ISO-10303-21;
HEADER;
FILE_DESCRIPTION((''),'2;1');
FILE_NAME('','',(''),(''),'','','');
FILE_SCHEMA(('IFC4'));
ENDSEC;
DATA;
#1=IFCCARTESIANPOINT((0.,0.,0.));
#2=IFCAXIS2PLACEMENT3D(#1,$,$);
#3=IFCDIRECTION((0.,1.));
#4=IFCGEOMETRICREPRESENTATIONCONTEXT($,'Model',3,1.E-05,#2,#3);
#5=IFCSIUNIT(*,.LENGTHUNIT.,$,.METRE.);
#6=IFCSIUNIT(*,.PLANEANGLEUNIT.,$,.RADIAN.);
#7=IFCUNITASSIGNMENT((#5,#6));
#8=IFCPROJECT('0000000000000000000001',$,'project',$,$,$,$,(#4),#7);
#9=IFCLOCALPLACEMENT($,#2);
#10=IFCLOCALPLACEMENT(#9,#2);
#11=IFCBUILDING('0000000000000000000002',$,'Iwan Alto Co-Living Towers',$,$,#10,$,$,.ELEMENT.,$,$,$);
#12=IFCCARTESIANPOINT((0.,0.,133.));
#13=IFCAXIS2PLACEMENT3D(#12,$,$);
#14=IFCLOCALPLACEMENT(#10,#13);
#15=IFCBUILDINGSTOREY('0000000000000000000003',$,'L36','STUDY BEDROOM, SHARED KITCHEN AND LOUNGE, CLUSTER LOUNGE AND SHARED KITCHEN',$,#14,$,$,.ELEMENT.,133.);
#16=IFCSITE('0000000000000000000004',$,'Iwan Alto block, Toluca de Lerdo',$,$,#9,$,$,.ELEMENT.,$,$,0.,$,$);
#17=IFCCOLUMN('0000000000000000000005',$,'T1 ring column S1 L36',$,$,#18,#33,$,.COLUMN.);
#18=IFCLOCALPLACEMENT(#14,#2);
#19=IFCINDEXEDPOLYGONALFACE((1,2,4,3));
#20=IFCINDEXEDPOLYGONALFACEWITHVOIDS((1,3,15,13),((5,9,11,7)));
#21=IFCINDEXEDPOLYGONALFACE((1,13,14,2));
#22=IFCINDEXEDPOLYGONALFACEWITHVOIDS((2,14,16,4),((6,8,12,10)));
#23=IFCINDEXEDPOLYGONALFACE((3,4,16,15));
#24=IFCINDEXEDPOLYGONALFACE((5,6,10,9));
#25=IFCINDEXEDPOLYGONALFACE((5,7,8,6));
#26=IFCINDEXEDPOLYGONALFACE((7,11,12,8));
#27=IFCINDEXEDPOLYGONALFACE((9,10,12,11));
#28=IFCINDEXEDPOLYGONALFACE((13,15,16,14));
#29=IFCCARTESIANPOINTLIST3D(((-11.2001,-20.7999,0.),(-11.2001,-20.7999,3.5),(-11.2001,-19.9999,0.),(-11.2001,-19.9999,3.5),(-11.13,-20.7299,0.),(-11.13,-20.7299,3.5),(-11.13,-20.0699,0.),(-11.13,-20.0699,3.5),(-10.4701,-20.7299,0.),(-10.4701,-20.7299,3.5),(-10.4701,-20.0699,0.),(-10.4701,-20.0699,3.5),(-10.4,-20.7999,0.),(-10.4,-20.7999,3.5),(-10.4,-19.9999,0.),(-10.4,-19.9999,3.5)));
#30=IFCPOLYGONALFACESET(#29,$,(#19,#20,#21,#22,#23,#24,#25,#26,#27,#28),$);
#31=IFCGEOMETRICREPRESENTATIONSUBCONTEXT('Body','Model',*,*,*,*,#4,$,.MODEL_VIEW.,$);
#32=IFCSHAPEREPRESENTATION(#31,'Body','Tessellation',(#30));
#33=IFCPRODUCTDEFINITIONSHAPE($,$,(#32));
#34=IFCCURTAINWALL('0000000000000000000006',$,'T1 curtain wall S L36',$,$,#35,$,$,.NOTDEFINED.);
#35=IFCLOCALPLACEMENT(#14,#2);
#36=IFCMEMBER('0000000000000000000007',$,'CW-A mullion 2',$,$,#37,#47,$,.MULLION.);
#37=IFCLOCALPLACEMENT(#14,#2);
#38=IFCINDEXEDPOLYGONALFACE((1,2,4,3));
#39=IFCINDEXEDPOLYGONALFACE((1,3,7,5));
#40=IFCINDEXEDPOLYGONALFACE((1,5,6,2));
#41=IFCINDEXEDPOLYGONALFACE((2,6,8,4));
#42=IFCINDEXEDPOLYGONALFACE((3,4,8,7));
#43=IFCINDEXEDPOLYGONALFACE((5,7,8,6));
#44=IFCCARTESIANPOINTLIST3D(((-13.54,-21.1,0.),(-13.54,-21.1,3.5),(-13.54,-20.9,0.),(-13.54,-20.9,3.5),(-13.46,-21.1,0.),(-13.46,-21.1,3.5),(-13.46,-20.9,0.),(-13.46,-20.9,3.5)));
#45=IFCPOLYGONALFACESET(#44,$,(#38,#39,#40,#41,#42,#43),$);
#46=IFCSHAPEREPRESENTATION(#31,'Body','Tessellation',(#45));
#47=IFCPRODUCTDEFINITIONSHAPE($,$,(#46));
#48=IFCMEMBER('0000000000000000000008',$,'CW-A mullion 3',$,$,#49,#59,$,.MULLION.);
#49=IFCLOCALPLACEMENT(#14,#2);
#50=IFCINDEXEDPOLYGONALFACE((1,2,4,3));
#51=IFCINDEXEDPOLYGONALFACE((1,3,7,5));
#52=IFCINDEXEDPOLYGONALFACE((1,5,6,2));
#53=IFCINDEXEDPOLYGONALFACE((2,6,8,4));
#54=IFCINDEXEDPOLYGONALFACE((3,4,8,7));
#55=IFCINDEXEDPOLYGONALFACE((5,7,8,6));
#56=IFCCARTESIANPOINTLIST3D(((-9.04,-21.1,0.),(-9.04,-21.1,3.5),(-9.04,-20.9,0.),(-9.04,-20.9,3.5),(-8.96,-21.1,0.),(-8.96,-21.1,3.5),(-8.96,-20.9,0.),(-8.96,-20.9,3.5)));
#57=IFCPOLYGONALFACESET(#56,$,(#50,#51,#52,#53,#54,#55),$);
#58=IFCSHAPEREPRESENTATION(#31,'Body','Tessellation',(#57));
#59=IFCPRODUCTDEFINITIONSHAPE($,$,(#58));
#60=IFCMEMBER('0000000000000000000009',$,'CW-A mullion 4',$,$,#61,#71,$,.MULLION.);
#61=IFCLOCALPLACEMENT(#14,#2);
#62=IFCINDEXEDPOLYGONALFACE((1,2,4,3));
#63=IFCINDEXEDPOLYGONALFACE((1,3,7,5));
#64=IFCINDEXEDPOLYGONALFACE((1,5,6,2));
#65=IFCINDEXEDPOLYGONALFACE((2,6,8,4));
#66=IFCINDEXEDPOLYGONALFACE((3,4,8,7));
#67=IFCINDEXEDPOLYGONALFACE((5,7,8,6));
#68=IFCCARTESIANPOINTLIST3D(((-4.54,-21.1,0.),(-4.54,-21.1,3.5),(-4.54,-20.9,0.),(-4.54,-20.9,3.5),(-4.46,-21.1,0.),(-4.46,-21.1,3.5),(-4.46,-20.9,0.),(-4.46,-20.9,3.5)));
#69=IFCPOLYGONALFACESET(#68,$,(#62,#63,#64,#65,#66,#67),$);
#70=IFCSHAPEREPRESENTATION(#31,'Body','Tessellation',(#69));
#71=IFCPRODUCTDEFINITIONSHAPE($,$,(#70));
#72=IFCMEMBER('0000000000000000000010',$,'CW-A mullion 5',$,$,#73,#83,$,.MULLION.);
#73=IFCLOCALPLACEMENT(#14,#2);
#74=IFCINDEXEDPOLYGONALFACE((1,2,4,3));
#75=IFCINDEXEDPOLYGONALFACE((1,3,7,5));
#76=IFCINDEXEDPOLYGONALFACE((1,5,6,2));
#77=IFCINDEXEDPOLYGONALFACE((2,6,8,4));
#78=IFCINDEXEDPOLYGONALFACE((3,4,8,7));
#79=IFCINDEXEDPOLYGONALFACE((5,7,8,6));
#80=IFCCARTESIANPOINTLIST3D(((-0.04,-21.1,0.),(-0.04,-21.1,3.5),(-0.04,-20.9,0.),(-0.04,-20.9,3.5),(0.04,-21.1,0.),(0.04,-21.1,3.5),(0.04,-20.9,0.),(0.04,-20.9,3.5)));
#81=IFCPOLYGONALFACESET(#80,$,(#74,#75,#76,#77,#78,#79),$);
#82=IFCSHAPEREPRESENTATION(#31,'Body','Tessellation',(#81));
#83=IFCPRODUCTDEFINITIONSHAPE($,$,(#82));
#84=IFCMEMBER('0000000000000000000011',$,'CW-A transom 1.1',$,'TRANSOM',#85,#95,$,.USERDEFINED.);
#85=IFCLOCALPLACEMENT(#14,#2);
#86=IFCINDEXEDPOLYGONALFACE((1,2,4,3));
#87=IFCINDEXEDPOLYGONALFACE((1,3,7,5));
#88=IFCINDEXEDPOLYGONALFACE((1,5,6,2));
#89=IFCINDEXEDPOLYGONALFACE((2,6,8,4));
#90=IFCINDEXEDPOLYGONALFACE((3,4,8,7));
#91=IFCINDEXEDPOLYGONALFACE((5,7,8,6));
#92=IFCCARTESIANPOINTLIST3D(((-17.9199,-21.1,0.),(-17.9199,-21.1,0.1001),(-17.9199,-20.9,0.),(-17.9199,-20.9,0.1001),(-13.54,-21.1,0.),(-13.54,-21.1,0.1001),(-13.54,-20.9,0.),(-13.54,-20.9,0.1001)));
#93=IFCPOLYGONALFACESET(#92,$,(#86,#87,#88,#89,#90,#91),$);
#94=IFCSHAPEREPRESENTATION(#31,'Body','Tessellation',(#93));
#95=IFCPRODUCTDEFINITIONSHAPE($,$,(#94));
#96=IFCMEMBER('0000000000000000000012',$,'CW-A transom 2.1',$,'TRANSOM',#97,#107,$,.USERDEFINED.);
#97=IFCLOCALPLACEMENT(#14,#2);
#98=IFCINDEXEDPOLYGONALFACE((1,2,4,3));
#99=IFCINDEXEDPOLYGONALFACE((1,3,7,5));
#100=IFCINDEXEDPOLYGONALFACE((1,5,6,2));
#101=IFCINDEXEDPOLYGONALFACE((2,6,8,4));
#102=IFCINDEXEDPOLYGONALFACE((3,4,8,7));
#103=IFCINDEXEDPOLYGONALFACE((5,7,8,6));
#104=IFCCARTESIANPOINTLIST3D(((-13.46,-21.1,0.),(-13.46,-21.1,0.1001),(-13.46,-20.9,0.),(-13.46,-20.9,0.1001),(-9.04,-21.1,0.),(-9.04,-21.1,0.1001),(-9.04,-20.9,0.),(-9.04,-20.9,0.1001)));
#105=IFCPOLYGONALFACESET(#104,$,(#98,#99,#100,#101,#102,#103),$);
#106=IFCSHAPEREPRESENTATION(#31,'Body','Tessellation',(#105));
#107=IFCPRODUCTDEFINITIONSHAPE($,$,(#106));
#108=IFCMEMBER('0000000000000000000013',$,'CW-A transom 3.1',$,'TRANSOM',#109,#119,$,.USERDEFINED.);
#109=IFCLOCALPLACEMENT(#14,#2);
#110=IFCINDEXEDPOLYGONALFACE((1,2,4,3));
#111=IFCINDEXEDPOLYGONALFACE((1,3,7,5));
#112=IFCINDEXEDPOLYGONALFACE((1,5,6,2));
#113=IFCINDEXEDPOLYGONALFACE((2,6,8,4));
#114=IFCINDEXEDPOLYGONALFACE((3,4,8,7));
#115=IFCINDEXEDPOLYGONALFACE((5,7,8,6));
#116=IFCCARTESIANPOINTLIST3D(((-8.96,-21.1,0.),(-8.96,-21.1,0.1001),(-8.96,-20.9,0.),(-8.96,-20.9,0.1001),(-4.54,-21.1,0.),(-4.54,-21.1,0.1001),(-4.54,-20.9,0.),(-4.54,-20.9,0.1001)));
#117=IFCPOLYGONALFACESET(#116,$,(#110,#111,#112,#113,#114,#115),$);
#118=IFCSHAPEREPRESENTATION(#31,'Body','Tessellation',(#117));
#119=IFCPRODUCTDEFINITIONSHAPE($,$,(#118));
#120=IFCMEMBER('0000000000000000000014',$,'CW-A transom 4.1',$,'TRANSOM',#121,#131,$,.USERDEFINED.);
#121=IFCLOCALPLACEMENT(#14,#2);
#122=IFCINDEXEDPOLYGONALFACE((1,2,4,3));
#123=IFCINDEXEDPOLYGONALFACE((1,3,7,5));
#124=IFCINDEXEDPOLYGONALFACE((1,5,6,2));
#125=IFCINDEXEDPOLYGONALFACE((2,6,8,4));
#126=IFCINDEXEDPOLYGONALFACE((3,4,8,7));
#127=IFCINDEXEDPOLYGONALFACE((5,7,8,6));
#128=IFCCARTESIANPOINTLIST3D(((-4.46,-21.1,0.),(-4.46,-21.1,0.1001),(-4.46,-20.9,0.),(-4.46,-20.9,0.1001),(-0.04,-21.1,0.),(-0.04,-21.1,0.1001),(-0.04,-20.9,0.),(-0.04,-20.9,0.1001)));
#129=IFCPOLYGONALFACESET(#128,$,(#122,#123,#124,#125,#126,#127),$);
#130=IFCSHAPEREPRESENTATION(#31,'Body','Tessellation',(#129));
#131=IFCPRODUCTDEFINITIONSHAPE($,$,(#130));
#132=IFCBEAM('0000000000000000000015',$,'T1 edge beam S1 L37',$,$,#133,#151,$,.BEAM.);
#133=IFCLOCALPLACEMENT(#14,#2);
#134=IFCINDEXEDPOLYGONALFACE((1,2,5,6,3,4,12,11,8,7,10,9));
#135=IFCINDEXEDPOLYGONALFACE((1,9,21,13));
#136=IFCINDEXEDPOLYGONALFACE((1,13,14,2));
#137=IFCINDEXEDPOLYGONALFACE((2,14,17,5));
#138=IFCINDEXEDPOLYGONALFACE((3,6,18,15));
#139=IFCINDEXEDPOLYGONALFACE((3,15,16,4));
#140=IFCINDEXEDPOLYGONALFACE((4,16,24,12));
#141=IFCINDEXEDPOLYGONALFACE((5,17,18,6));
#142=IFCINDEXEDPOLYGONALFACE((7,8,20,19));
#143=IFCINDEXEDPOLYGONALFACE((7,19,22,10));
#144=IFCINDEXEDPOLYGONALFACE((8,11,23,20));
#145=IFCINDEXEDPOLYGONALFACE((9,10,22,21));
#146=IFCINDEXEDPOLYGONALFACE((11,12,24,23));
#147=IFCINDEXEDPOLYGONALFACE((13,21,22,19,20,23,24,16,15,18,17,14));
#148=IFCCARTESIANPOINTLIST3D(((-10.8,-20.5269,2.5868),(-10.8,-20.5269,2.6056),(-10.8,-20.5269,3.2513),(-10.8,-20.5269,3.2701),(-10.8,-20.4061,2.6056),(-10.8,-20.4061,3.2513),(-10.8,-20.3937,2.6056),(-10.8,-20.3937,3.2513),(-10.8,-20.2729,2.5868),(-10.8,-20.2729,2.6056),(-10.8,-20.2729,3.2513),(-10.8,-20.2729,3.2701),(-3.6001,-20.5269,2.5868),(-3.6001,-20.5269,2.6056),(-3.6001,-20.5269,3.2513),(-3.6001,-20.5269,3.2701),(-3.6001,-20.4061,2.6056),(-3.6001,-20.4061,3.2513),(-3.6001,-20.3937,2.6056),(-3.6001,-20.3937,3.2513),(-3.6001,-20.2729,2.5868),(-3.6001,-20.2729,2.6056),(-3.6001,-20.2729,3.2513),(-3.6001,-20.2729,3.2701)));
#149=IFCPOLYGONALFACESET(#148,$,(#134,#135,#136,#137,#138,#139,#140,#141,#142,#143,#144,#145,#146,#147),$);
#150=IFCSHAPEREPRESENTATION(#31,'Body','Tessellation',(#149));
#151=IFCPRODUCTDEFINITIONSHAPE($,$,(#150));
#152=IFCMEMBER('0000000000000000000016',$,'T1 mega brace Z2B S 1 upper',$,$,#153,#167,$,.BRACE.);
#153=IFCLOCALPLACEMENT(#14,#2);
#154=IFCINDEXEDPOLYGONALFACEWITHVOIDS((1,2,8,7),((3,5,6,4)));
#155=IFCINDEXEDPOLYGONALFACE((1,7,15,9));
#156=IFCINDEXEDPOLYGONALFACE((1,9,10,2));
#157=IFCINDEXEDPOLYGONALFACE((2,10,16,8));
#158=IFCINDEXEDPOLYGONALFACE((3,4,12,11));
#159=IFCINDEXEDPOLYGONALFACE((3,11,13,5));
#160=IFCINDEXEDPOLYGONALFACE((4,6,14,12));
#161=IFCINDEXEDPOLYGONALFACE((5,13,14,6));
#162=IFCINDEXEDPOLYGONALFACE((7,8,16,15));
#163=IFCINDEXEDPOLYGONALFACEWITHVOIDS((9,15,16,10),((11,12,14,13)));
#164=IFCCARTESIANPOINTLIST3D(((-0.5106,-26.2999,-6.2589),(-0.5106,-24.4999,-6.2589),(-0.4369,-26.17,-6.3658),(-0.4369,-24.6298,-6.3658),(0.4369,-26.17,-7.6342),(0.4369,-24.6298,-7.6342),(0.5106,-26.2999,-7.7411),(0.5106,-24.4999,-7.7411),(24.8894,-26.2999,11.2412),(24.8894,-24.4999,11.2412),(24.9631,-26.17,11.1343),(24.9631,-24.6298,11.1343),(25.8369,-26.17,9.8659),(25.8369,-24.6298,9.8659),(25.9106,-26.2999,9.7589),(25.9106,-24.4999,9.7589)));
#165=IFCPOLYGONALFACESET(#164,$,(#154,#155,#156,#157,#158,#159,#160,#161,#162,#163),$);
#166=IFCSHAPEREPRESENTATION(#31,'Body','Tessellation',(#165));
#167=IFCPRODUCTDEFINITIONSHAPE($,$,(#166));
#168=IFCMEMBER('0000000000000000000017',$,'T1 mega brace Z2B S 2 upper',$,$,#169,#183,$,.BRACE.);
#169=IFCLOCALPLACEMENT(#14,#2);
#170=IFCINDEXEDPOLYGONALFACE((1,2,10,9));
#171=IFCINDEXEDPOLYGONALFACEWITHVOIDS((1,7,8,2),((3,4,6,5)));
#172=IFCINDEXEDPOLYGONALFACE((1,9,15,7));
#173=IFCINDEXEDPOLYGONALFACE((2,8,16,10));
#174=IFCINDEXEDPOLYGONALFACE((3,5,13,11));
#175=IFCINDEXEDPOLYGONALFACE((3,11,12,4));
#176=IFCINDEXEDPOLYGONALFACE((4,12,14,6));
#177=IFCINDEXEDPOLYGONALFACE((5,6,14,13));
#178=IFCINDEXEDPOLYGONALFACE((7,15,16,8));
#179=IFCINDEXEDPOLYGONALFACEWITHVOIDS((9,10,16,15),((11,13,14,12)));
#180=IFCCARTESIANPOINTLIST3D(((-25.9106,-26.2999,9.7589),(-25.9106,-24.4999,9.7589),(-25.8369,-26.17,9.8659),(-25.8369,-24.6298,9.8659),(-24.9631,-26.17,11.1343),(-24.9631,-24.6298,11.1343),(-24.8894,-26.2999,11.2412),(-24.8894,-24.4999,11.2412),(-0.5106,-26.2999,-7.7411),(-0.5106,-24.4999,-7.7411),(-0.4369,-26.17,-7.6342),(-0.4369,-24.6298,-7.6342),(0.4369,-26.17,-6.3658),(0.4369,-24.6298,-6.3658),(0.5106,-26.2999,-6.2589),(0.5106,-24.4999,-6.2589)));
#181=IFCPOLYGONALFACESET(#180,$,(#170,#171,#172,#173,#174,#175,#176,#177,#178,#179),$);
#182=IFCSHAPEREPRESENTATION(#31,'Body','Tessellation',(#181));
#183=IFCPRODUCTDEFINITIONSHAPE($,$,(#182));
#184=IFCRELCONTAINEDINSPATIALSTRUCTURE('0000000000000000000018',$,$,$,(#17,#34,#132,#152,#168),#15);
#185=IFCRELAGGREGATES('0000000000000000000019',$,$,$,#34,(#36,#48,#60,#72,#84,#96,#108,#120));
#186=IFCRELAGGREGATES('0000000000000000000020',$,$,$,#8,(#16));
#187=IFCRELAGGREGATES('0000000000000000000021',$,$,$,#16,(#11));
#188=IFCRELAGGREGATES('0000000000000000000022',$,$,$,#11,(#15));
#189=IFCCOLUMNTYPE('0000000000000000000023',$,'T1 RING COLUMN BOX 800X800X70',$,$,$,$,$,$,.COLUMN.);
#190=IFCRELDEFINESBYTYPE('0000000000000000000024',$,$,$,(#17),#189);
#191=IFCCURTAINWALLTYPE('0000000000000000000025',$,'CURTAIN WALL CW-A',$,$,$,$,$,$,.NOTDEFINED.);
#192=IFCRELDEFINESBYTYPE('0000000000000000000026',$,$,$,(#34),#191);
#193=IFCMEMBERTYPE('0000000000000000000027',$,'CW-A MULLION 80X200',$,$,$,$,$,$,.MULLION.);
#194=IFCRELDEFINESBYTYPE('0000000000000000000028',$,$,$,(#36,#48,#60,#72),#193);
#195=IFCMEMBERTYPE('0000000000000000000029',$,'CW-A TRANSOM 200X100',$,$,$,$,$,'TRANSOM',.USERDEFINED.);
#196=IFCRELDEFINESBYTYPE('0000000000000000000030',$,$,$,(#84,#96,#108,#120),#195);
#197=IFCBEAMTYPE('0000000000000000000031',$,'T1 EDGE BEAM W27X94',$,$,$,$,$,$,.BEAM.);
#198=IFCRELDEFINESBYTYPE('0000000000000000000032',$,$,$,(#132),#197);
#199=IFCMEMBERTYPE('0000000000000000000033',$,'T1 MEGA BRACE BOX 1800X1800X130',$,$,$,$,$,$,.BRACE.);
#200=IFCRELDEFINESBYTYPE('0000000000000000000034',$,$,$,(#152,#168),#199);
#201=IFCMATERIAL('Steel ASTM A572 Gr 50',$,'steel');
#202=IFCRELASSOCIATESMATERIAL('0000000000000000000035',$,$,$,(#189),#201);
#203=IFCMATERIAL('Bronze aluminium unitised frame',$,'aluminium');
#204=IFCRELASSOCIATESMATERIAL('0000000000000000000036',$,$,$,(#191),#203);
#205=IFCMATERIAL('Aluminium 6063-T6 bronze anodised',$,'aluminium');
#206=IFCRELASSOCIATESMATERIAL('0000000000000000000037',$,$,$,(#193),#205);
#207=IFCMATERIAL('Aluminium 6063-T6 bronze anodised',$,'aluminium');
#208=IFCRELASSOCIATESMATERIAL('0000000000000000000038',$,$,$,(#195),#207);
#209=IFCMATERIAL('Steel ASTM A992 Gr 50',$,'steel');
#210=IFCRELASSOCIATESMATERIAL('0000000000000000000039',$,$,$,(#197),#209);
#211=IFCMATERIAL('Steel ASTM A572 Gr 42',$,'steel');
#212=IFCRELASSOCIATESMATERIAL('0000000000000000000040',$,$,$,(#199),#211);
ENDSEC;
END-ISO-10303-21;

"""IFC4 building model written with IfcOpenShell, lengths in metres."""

from ifc_helpers import new_model, si_unit, direction, frame, origin, origin_2d, place, context, subcontext, project, spatial, rectangle, hollow_rectangle, i_section, extrude, material, material_profile, profile_set, type_object, element, aggregate, save


model = new_model("IFC4")

# Units and contexts
model_context = context("Model", 3, precision=1e-05, world=origin(), true_north=direction((0.0, 1.0)))
body_context = subcontext(model_context, "Body", "Model", "MODEL_VIEW")
ifc_project = project(units=[si_unit("LENGTHUNIT", "METRE"), si_unit("PLANEANGLEUNIT", "RADIAN")], contexts=[model_context])

# Site, building, storey
site_placement = place(None, origin())
site = spatial("IfcSite", under=ifc_project, at=site_placement, Name="Iwan Alto block, Toluca de Lerdo", CompositionType="ELEMENT", RefElevation=0.0)
building_placement = place(site_placement, origin())
building = spatial("IfcBuilding", under=site, at=building_placement, Name="Iwan Alto Co-Living Towers", CompositionType="ELEMENT")
storey_placement = place(building_placement, frame((0.0, 0.0, 133.0)))
storey = spatial("IfcBuildingStorey", under=building, at=storey_placement, Name="L36", Description="STUDY BEDROOM, SHARED KITCHEN AND LOUNGE, CLUSTER LOUNGE AND SHARED KITCHEN", CompositionType="ELEMENT", Elevation=133.0)

# Column
ifc_material_1 = material(Name="Steel ASTM A572 Gr 50", Category="steel")
ifc_material_profile_1 = material_profile(ifc_material_1, hollow_rectangle(XDim=0.8, YDim=0.8, WallThickness=0.0701, at=origin_2d()), Name="BOX 800X800X70")
ifc_profile_set_1 = profile_set([ifc_material_profile_1], Name="Steel ASTM A572 Gr 50")
column_type = type_object("IfcColumnType", Name="T1 RING COLUMN BOX 800X800X70", PredefinedType="COLUMN", material=ifc_profile_set_1)
column_placement = place(storey_placement, frame((-10.8, -20.3999, 0.0), z_axis=(0.0, 0.0, 1.0), x_axis=(1.0, 0.0, 0.0)))
element("IfcColumn", 1, at=column_placement, inside=storey, type_object=column_type, Name="T1 ring column S1 L36", PredefinedType="COLUMN", context=body_context, shape_type="SweptSolid", body=[
    extrude(hollow_rectangle(XDim=0.8, YDim=0.8, WallThickness=0.0701, at=origin_2d()), origin(), (0.0, 0.0, 1.0), 3.5),
])

# Curtain wall, members
ifc_material_2 = material(Name="Bronze aluminium unitised frame", Category="aluminium")
curtain_wall_type = type_object("IfcCurtainWallType", Name="CURTAIN WALL CW-A", PredefinedType="NOTDEFINED", material=ifc_material_2)
curtain_wall_placement = place(storey_placement, origin())
curtain_wall = element("IfcCurtainWall", 2, at=curtain_wall_placement, inside=storey, type_object=curtain_wall_type, Name="T1 curtain wall S L36", PredefinedType="NOTDEFINED")
ifc_material_3 = material(Name="Aluminium 6063-T6 bronze anodised", Category="aluminium")
ifc_material_profile_2 = material_profile(ifc_material_3, rectangle(XDim=0.2, YDim=0.0801, at=origin_2d()), Name="AL 80X200")
ifc_profile_set_2 = profile_set([ifc_material_profile_2], Name="Aluminium 6063-T6 bronze anodised")
member_type_1 = type_object("IfcMemberType", Name="CW-A MULLION 80X200", PredefinedType="MULLION", material=ifc_profile_set_2)
member_1_placement = place(storey_placement, frame((-13.5, -21.0, 0.0), z_axis=(0.0, 0.0, 1.0), x_axis=(0.0, 1.0, 0.0)))
member_1 = element("IfcMember", 3, at=member_1_placement, type_object=member_type_1, Name="CW-A mullion 2", PredefinedType="MULLION", context=body_context, shape_type="SweptSolid", body=[
    extrude(rectangle(XDim=0.2, YDim=0.0801, at=origin_2d()), origin(), (0.0, 0.0, 1.0), 3.5),
])
member_2_placement = place(storey_placement, frame((-9.0, -21.0, 0.0), z_axis=(0.0, 0.0, 1.0), x_axis=(0.0, 1.0, 0.0)))
member_2 = element("IfcMember", 4, at=member_2_placement, type_object=member_type_1, Name="CW-A mullion 3", PredefinedType="MULLION", context=body_context, shape_type="SweptSolid", body=[
    extrude(rectangle(XDim=0.2, YDim=0.0801, at=origin_2d()), origin(), (0.0, 0.0, 1.0), 3.5),
])
member_3_placement = place(storey_placement, frame((-4.5, -21.0, 0.0), z_axis=(0.0, 0.0, 1.0), x_axis=(0.0, 1.0, 0.0)))
member_3 = element("IfcMember", 5, at=member_3_placement, type_object=member_type_1, Name="CW-A mullion 4", PredefinedType="MULLION", context=body_context, shape_type="SweptSolid", body=[
    extrude(rectangle(XDim=0.2, YDim=0.0801, at=origin_2d()), origin(), (0.0, 0.0, 1.0), 3.5),
])
member_4_placement = place(storey_placement, frame((0.0, -21.0, 0.0), z_axis=(0.0, 0.0, 1.0), x_axis=(0.0, 1.0, 0.0)))
member_4 = element("IfcMember", 6, at=member_4_placement, type_object=member_type_1, Name="CW-A mullion 5", PredefinedType="MULLION", context=body_context, shape_type="SweptSolid", body=[
    extrude(rectangle(XDim=0.2, YDim=0.0801, at=origin_2d()), origin(), (0.0, 0.0, 1.0), 3.5),
])
ifc_material_4 = material(Name="Aluminium 6063-T6 bronze anodised", Category="aluminium")
ifc_material_profile_3 = material_profile(ifc_material_4, rectangle(XDim=0.2, YDim=0.1001, at=origin_2d()), Name="AL 200X100")
ifc_profile_set_3 = profile_set([ifc_material_profile_3], Name="Aluminium 6063-T6 bronze anodised")
member_type_2 = type_object("IfcMemberType", Name="CW-A TRANSOM 200X100", ElementType="TRANSOM", PredefinedType="USERDEFINED", material=ifc_profile_set_3)
member_5_placement = place(storey_placement, frame((-17.9199, -21.0, 0.05), z_axis=(1.0, 0.0, 0.0), x_axis=(0.0, 1.0, 0.0)))
member_5 = element("IfcMember", 7, at=member_5_placement, type_object=member_type_2, Name="CW-A transom 1.1", ObjectType="TRANSOM", PredefinedType="USERDEFINED", context=body_context, shape_type="SweptSolid", body=[
    extrude(rectangle(XDim=0.2, YDim=0.1001, at=origin_2d()), origin(), (0.0, 0.0, 1.0), 4.3799),
])
member_6_placement = place(storey_placement, frame((-13.46, -21.0, 0.05), z_axis=(1.0, 0.0, 0.0), x_axis=(0.0, 1.0, 0.0)))
member_6 = element("IfcMember", 8, at=member_6_placement, type_object=member_type_2, Name="CW-A transom 2.1", ObjectType="TRANSOM", PredefinedType="USERDEFINED", context=body_context, shape_type="SweptSolid", body=[
    extrude(rectangle(XDim=0.2, YDim=0.1001, at=origin_2d()), origin(), (0.0, 0.0, 1.0), 4.4199),
])
member_7_placement = place(storey_placement, frame((-8.96, -21.0, 0.05), z_axis=(1.0, 0.0, 0.0), x_axis=(0.0, 1.0, 0.0)))
member_7 = element("IfcMember", 9, at=member_7_placement, type_object=member_type_2, Name="CW-A transom 3.1", ObjectType="TRANSOM", PredefinedType="USERDEFINED", context=body_context, shape_type="SweptSolid", body=[
    extrude(rectangle(XDim=0.2, YDim=0.1001, at=origin_2d()), origin(), (0.0, 0.0, 1.0), 4.4199),
])
member_8_placement = place(storey_placement, frame((-4.46, -21.0, 0.05), z_axis=(1.0, 0.0, 0.0), x_axis=(0.0, 1.0, 0.0)))
member_8 = element("IfcMember", 10, at=member_8_placement, type_object=member_type_2, Name="CW-A transom 4.1", ObjectType="TRANSOM", PredefinedType="USERDEFINED", context=body_context, shape_type="SweptSolid", body=[
    extrude(rectangle(XDim=0.2, YDim=0.1001, at=origin_2d()), origin(), (0.0, 0.0, 1.0), 4.4199),
])

# Beam
ifc_material_5 = material(Name="Steel ASTM A992 Gr 50", Category="steel")
ifc_material_profile_4 = material_profile(ifc_material_5, i_section(OverallWidth=0.2539, OverallDepth=0.6833, WebThickness=0.0125, FlangeThickness=0.0188, at=origin_2d()), Name="W27X94")
ifc_profile_set_4 = profile_set([ifc_material_profile_4], Name="Steel ASTM A992 Gr 50")
beam_type_1 = type_object("IfcBeamType", Name="T1 EDGE BEAM W27X94", PredefinedType="BEAM", material=ifc_profile_set_4)
beam_1_placement = place(storey_placement, frame((-10.8, -20.3999, 2.9285), z_axis=(1.0, 0.0, 0.0), x_axis=(0.0, 1.0, 0.0)))
element("IfcBeam", 11, at=beam_1_placement, inside=storey, type_object=beam_type_1, Name="T1 edge beam S1 L37", PredefinedType="BEAM", context=body_context, shape_type="SweptSolid", body=[
    extrude(i_section(OverallWidth=0.2539, OverallDepth=0.6833, WebThickness=0.0125, FlangeThickness=0.0188, at=origin_2d()), origin(), (0.0, 0.0, 1.0), 7.2),
])

# Members
ifc_material_6 = material(Name="Steel ASTM A572 Gr 42", Category="steel")
ifc_material_profile_5 = material_profile(ifc_material_6, hollow_rectangle(XDim=1.8, YDim=1.8, WallThickness=0.1299, at=origin_2d()), Name="BOX 1800X1800X130")
ifc_profile_set_5 = profile_set([ifc_material_profile_5], Name="Steel ASTM A572 Gr 42")
member_type_3 = type_object("IfcMemberType", Name="T1 MEGA BRACE BOX 1800X1800X130", PredefinedType="BRACE", material=ifc_profile_set_5)
for number, where, z_axis, x_axis, name in (
    (12, (0.0, -25.3999, -7.0), (0.823473, 0.0, 0.567356), (0.0, 1.0, 0.0), "T1 mega brace Z2B S 1 upper"),
    (13, (0.0, -25.3999, -7.0), (-0.823473, 0.0, 0.567356), (0.0, -1.0, 0.0), "T1 mega brace Z2B S 2 upper"),
):
    element("IfcMember", number, at=place(storey_placement, frame(where, z_axis=z_axis, x_axis=x_axis)), inside=storey, type_object=member_type_3, Name=name, PredefinedType="BRACE", context=body_context, shape_type="SweptSolid", body=[
        extrude(hollow_rectangle(XDim=1.8, YDim=1.8, WallThickness=0.1299, at=origin_2d()), origin(), (0.0, 0.0, 1.0), 30.845),
    ])

aggregate(curtain_wall, [member_1, member_2, member_3, member_4, member_5, member_6, member_7, member_8])

save(model, "model.ifc")
